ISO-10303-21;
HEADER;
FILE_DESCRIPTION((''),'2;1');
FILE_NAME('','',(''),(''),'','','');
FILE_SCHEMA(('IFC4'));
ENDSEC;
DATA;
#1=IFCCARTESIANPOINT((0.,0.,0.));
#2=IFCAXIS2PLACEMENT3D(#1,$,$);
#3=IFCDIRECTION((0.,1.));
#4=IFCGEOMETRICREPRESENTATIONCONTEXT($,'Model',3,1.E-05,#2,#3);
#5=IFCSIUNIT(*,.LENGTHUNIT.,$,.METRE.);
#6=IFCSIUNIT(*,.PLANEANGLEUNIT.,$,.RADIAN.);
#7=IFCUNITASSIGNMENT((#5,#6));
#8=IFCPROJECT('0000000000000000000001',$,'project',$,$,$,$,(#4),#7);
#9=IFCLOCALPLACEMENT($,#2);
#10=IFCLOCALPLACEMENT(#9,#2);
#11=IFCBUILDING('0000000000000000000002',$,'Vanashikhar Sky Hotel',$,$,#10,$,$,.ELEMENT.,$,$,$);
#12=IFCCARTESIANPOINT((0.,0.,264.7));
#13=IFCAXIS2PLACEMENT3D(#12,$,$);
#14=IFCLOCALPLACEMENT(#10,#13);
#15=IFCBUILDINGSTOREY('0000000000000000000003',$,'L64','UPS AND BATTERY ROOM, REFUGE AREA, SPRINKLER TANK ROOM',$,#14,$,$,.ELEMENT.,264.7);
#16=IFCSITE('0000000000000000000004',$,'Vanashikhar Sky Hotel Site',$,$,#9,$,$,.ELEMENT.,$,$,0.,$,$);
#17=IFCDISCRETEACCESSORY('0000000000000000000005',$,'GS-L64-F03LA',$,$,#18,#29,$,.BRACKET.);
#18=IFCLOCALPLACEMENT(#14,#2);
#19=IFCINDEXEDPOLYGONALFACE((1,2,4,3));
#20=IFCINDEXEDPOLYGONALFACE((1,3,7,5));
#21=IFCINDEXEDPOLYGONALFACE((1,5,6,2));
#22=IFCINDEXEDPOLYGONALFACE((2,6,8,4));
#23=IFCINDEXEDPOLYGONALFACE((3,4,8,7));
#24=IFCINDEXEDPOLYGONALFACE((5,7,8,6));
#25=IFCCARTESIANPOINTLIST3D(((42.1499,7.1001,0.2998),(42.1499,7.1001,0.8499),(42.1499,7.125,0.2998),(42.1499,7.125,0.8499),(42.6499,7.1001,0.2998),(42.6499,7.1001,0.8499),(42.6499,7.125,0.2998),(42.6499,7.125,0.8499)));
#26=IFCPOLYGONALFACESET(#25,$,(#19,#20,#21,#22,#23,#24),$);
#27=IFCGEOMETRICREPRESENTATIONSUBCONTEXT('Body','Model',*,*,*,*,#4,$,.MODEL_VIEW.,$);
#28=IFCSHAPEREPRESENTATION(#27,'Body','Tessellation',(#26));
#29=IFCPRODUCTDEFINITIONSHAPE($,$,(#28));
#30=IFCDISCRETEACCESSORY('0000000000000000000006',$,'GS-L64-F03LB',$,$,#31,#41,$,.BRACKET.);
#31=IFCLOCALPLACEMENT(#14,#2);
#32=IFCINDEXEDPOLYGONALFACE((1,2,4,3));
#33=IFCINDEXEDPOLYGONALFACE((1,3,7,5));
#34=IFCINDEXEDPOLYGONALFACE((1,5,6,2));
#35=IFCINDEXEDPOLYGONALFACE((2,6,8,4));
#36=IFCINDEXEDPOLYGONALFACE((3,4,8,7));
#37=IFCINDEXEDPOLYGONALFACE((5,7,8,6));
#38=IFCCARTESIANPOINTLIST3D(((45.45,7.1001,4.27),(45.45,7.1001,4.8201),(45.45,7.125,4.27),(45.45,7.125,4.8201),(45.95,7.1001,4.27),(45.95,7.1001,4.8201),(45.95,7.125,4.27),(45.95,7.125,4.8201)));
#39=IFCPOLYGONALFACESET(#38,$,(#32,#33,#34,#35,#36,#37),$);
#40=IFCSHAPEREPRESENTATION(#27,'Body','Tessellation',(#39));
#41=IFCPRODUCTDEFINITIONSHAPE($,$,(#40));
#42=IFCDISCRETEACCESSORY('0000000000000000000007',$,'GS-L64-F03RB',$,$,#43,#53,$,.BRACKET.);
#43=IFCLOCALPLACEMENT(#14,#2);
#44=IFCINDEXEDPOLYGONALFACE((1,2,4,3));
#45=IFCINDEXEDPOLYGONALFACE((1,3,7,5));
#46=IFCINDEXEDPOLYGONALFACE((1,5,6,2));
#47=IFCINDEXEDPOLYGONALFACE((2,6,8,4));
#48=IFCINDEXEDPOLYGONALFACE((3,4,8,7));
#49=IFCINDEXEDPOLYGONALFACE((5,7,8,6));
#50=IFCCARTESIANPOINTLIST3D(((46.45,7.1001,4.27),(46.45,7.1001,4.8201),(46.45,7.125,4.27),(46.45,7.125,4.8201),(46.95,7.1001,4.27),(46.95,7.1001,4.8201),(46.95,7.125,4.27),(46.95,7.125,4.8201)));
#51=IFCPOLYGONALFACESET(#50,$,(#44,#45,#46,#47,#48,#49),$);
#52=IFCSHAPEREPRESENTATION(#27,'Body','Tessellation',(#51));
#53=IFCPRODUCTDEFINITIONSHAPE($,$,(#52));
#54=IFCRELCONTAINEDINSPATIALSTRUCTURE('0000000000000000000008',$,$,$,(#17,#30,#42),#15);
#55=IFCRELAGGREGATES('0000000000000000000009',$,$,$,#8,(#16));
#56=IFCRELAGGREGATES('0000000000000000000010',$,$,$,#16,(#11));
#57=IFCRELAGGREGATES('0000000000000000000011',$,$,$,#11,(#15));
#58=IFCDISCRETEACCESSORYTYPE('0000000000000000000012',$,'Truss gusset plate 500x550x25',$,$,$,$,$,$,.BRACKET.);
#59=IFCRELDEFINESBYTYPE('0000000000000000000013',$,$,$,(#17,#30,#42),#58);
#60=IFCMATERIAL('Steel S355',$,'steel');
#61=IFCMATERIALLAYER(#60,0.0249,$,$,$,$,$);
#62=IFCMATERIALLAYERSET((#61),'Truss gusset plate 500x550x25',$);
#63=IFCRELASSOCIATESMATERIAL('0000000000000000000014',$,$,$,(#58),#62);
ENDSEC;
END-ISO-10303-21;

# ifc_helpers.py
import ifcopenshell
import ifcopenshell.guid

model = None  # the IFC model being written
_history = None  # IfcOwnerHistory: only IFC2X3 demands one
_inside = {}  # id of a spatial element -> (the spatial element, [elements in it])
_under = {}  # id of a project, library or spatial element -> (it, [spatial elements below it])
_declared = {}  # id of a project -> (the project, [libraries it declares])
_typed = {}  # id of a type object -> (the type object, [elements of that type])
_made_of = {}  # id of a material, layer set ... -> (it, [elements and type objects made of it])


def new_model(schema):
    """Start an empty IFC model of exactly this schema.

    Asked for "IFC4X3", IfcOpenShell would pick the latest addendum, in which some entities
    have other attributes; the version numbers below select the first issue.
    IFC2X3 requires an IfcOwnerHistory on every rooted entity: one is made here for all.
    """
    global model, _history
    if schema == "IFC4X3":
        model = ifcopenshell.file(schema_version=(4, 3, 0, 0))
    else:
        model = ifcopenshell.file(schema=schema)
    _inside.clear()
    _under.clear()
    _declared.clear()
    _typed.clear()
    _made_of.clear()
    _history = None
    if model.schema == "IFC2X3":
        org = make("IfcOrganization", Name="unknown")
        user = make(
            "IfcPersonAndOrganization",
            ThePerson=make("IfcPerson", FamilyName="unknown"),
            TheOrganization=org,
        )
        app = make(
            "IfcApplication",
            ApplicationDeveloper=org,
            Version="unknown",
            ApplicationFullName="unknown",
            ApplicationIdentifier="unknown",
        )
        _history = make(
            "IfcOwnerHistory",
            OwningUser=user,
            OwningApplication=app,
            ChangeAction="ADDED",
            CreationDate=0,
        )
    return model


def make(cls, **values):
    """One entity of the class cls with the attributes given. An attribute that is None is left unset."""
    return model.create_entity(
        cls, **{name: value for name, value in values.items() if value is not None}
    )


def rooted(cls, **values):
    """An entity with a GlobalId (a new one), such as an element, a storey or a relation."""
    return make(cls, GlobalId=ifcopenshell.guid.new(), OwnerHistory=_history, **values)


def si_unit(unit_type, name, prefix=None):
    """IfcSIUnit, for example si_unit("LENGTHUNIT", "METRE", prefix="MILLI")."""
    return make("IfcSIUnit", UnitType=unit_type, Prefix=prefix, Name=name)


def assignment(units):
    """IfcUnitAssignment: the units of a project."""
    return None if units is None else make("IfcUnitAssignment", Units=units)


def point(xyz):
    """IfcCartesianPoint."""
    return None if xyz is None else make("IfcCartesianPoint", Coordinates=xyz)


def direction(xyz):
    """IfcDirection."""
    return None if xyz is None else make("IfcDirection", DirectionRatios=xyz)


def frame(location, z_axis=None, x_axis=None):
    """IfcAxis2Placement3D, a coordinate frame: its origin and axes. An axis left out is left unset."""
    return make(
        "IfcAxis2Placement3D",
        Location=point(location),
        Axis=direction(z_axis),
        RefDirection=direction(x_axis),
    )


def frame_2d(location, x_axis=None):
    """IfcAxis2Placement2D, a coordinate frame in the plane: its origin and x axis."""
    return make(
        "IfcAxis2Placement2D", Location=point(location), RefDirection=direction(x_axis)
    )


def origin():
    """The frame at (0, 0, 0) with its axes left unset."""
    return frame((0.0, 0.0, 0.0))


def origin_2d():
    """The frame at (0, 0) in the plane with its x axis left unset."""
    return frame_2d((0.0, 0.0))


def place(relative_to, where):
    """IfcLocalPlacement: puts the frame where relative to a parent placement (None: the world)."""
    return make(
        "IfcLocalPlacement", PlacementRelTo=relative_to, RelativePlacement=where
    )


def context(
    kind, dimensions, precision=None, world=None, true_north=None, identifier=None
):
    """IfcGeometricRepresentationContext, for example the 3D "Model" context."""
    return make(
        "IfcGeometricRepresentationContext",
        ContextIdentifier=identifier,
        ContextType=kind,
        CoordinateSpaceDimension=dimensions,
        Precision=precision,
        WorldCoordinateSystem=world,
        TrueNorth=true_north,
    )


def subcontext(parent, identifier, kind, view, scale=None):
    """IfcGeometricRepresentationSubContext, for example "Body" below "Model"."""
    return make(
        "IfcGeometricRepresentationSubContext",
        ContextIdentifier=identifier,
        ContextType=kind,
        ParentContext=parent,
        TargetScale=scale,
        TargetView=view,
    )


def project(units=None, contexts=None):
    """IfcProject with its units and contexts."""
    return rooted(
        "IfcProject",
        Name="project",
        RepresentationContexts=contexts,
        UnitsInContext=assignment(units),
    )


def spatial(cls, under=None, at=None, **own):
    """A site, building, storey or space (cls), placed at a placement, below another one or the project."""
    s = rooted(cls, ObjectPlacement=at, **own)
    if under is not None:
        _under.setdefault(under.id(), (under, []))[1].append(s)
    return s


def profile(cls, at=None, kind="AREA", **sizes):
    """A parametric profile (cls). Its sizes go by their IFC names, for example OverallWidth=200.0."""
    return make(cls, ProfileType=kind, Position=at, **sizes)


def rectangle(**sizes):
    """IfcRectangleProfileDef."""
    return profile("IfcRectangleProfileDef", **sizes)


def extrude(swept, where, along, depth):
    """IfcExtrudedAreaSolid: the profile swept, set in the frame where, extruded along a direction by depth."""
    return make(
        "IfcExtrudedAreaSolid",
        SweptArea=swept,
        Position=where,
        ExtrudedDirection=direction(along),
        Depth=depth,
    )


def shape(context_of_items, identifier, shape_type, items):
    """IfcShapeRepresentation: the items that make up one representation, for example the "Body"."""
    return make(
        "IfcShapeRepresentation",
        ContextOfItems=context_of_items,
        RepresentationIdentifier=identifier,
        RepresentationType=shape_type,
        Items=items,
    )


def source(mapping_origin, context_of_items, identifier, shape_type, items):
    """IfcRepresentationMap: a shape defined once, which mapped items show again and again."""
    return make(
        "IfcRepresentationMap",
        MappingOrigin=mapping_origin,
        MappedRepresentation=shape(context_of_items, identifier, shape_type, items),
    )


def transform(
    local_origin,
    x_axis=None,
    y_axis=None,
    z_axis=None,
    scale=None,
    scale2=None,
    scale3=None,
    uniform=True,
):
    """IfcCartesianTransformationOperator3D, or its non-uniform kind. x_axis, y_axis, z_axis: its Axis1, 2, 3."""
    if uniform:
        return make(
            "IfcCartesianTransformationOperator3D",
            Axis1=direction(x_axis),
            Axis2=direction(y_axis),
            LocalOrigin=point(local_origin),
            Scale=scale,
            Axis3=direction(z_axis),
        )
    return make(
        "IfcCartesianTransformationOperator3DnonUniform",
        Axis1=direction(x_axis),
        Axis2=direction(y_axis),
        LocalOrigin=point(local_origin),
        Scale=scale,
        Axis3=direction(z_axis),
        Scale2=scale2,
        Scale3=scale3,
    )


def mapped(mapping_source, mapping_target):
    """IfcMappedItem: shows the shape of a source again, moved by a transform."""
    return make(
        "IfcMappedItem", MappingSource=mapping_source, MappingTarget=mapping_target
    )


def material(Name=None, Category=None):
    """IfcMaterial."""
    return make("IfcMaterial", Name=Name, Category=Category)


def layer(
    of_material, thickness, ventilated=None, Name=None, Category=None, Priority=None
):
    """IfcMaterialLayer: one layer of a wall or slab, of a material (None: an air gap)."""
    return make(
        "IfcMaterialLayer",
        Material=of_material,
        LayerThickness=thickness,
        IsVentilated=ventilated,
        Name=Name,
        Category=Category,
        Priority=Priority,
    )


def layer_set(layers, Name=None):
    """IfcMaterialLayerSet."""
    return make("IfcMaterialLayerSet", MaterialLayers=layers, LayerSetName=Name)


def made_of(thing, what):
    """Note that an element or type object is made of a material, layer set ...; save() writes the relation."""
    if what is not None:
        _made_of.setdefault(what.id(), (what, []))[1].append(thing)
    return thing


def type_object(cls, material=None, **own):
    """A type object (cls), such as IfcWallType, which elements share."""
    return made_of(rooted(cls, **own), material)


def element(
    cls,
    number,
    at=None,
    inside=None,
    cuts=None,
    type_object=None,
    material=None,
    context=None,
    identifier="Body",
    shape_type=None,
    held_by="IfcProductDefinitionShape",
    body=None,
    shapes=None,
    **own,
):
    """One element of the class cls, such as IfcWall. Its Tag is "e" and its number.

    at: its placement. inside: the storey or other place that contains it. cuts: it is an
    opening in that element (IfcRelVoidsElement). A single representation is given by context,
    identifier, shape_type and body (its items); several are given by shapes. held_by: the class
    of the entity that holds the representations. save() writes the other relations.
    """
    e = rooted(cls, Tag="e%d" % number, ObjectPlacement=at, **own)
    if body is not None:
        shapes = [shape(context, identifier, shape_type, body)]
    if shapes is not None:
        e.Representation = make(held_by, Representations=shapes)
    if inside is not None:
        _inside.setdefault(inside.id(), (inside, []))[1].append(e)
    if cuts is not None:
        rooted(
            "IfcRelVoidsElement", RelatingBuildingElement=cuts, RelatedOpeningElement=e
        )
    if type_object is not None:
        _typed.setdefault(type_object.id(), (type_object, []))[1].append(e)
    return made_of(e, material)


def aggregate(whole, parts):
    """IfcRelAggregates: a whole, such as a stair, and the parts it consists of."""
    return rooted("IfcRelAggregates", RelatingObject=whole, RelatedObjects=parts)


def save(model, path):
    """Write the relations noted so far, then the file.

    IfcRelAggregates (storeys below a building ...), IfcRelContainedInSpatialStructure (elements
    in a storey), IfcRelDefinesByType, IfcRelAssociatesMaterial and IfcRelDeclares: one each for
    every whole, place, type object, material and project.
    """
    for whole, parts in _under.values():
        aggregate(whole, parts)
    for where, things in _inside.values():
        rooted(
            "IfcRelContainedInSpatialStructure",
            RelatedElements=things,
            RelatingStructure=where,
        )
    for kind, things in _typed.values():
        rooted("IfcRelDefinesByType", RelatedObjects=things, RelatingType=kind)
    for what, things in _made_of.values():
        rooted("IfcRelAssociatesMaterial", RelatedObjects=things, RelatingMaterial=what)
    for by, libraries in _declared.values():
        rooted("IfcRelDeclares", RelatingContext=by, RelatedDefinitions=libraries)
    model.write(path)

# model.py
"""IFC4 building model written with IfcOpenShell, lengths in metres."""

from ifc_helpers import new_model, si_unit, direction, frame, origin, origin_2d, place, context, subcontext, project, spatial, rectangle, extrude, source, transform, mapped, material, layer, layer_set, type_object, element, save


model = new_model("IFC4")

# Units and contexts
model_context = context("Model", 3, precision=1e-05, world=origin(), true_north=direction((0.0, 1.0)))
body_context = subcontext(model_context, "Body", "Model", "MODEL_VIEW")
ifc_project = project(units=[si_unit("LENGTHUNIT", "METRE"), si_unit("PLANEANGLEUNIT", "RADIAN")], contexts=[model_context])

# Site, building, storey
site_placement = place(None, origin())
site = spatial("IfcSite", under=ifc_project, at=site_placement, Name="Vanashikhar Sky Hotel Site", CompositionType="ELEMENT", RefElevation=0.0)
building_placement = place(site_placement, origin())
building = spatial("IfcBuilding", under=site, at=building_placement, Name="Vanashikhar Sky Hotel", CompositionType="ELEMENT")
storey_placement = place(building_placement, frame((0.0, 0.0, 264.7)))
storey = spatial("IfcBuildingStorey", under=building, at=storey_placement, Name="L64", Description="UPS AND BATTERY ROOM, REFUGE AREA, SPRINKLER TANK ROOM", CompositionType="ELEMENT", Elevation=264.7)

# Shared definitions
ifc_material_1 = material(Name="Steel S355", Category="steel")

# Discrete accessories
ifc_layer_1 = layer(ifc_material_1, 0.0249)
ifc_layer_set_1 = layer_set([ifc_layer_1], Name="Truss gusset plate 500x550x25")
discrete_accessory_type = type_object("IfcDiscreteAccessoryType", Name="Truss gusset plate 500x550x25", PredefinedType="BRACKET", material=ifc_layer_set_1)
shared_shape_1 = source(origin(), body_context, "Body", "SweptSolid", [
    extrude(rectangle(XDim=0.5, YDim=0.0249, at=origin_2d()), origin(), (0.0, 0.0, 1.0), 0.55),
])
for number, where, z_axis, x_axis, name in (
    (1, (42.3999, 7.1125, 0.2998), (0.0, 0.0, 1.0), (1.0, 0.0, 0.0), "GS-L64-F03LA"),
    (2, (45.7, 7.1125, 4.27), (0.0, 0.0, 1.0), (1.0, 0.0, 0.0), "GS-L64-F03LB"),
    (3, (46.7, 7.1125, 4.27), (0.0, 0.0, 1.0), (1.0, 0.0, 0.0), "GS-L64-F03RB"),
):
    element("IfcDiscreteAccessory", number, at=place(storey_placement, frame(where, z_axis=z_axis, x_axis=x_axis)), inside=storey, type_object=discrete_accessory_type, Name=name, PredefinedType="BRACKET", context=body_context, shape_type="MappedRepresentation", body=[
        mapped(shared_shape_1, transform((0.0, 0.0, 0.0), scale=1.0)),
    ])

save(model, "model.ifc")
